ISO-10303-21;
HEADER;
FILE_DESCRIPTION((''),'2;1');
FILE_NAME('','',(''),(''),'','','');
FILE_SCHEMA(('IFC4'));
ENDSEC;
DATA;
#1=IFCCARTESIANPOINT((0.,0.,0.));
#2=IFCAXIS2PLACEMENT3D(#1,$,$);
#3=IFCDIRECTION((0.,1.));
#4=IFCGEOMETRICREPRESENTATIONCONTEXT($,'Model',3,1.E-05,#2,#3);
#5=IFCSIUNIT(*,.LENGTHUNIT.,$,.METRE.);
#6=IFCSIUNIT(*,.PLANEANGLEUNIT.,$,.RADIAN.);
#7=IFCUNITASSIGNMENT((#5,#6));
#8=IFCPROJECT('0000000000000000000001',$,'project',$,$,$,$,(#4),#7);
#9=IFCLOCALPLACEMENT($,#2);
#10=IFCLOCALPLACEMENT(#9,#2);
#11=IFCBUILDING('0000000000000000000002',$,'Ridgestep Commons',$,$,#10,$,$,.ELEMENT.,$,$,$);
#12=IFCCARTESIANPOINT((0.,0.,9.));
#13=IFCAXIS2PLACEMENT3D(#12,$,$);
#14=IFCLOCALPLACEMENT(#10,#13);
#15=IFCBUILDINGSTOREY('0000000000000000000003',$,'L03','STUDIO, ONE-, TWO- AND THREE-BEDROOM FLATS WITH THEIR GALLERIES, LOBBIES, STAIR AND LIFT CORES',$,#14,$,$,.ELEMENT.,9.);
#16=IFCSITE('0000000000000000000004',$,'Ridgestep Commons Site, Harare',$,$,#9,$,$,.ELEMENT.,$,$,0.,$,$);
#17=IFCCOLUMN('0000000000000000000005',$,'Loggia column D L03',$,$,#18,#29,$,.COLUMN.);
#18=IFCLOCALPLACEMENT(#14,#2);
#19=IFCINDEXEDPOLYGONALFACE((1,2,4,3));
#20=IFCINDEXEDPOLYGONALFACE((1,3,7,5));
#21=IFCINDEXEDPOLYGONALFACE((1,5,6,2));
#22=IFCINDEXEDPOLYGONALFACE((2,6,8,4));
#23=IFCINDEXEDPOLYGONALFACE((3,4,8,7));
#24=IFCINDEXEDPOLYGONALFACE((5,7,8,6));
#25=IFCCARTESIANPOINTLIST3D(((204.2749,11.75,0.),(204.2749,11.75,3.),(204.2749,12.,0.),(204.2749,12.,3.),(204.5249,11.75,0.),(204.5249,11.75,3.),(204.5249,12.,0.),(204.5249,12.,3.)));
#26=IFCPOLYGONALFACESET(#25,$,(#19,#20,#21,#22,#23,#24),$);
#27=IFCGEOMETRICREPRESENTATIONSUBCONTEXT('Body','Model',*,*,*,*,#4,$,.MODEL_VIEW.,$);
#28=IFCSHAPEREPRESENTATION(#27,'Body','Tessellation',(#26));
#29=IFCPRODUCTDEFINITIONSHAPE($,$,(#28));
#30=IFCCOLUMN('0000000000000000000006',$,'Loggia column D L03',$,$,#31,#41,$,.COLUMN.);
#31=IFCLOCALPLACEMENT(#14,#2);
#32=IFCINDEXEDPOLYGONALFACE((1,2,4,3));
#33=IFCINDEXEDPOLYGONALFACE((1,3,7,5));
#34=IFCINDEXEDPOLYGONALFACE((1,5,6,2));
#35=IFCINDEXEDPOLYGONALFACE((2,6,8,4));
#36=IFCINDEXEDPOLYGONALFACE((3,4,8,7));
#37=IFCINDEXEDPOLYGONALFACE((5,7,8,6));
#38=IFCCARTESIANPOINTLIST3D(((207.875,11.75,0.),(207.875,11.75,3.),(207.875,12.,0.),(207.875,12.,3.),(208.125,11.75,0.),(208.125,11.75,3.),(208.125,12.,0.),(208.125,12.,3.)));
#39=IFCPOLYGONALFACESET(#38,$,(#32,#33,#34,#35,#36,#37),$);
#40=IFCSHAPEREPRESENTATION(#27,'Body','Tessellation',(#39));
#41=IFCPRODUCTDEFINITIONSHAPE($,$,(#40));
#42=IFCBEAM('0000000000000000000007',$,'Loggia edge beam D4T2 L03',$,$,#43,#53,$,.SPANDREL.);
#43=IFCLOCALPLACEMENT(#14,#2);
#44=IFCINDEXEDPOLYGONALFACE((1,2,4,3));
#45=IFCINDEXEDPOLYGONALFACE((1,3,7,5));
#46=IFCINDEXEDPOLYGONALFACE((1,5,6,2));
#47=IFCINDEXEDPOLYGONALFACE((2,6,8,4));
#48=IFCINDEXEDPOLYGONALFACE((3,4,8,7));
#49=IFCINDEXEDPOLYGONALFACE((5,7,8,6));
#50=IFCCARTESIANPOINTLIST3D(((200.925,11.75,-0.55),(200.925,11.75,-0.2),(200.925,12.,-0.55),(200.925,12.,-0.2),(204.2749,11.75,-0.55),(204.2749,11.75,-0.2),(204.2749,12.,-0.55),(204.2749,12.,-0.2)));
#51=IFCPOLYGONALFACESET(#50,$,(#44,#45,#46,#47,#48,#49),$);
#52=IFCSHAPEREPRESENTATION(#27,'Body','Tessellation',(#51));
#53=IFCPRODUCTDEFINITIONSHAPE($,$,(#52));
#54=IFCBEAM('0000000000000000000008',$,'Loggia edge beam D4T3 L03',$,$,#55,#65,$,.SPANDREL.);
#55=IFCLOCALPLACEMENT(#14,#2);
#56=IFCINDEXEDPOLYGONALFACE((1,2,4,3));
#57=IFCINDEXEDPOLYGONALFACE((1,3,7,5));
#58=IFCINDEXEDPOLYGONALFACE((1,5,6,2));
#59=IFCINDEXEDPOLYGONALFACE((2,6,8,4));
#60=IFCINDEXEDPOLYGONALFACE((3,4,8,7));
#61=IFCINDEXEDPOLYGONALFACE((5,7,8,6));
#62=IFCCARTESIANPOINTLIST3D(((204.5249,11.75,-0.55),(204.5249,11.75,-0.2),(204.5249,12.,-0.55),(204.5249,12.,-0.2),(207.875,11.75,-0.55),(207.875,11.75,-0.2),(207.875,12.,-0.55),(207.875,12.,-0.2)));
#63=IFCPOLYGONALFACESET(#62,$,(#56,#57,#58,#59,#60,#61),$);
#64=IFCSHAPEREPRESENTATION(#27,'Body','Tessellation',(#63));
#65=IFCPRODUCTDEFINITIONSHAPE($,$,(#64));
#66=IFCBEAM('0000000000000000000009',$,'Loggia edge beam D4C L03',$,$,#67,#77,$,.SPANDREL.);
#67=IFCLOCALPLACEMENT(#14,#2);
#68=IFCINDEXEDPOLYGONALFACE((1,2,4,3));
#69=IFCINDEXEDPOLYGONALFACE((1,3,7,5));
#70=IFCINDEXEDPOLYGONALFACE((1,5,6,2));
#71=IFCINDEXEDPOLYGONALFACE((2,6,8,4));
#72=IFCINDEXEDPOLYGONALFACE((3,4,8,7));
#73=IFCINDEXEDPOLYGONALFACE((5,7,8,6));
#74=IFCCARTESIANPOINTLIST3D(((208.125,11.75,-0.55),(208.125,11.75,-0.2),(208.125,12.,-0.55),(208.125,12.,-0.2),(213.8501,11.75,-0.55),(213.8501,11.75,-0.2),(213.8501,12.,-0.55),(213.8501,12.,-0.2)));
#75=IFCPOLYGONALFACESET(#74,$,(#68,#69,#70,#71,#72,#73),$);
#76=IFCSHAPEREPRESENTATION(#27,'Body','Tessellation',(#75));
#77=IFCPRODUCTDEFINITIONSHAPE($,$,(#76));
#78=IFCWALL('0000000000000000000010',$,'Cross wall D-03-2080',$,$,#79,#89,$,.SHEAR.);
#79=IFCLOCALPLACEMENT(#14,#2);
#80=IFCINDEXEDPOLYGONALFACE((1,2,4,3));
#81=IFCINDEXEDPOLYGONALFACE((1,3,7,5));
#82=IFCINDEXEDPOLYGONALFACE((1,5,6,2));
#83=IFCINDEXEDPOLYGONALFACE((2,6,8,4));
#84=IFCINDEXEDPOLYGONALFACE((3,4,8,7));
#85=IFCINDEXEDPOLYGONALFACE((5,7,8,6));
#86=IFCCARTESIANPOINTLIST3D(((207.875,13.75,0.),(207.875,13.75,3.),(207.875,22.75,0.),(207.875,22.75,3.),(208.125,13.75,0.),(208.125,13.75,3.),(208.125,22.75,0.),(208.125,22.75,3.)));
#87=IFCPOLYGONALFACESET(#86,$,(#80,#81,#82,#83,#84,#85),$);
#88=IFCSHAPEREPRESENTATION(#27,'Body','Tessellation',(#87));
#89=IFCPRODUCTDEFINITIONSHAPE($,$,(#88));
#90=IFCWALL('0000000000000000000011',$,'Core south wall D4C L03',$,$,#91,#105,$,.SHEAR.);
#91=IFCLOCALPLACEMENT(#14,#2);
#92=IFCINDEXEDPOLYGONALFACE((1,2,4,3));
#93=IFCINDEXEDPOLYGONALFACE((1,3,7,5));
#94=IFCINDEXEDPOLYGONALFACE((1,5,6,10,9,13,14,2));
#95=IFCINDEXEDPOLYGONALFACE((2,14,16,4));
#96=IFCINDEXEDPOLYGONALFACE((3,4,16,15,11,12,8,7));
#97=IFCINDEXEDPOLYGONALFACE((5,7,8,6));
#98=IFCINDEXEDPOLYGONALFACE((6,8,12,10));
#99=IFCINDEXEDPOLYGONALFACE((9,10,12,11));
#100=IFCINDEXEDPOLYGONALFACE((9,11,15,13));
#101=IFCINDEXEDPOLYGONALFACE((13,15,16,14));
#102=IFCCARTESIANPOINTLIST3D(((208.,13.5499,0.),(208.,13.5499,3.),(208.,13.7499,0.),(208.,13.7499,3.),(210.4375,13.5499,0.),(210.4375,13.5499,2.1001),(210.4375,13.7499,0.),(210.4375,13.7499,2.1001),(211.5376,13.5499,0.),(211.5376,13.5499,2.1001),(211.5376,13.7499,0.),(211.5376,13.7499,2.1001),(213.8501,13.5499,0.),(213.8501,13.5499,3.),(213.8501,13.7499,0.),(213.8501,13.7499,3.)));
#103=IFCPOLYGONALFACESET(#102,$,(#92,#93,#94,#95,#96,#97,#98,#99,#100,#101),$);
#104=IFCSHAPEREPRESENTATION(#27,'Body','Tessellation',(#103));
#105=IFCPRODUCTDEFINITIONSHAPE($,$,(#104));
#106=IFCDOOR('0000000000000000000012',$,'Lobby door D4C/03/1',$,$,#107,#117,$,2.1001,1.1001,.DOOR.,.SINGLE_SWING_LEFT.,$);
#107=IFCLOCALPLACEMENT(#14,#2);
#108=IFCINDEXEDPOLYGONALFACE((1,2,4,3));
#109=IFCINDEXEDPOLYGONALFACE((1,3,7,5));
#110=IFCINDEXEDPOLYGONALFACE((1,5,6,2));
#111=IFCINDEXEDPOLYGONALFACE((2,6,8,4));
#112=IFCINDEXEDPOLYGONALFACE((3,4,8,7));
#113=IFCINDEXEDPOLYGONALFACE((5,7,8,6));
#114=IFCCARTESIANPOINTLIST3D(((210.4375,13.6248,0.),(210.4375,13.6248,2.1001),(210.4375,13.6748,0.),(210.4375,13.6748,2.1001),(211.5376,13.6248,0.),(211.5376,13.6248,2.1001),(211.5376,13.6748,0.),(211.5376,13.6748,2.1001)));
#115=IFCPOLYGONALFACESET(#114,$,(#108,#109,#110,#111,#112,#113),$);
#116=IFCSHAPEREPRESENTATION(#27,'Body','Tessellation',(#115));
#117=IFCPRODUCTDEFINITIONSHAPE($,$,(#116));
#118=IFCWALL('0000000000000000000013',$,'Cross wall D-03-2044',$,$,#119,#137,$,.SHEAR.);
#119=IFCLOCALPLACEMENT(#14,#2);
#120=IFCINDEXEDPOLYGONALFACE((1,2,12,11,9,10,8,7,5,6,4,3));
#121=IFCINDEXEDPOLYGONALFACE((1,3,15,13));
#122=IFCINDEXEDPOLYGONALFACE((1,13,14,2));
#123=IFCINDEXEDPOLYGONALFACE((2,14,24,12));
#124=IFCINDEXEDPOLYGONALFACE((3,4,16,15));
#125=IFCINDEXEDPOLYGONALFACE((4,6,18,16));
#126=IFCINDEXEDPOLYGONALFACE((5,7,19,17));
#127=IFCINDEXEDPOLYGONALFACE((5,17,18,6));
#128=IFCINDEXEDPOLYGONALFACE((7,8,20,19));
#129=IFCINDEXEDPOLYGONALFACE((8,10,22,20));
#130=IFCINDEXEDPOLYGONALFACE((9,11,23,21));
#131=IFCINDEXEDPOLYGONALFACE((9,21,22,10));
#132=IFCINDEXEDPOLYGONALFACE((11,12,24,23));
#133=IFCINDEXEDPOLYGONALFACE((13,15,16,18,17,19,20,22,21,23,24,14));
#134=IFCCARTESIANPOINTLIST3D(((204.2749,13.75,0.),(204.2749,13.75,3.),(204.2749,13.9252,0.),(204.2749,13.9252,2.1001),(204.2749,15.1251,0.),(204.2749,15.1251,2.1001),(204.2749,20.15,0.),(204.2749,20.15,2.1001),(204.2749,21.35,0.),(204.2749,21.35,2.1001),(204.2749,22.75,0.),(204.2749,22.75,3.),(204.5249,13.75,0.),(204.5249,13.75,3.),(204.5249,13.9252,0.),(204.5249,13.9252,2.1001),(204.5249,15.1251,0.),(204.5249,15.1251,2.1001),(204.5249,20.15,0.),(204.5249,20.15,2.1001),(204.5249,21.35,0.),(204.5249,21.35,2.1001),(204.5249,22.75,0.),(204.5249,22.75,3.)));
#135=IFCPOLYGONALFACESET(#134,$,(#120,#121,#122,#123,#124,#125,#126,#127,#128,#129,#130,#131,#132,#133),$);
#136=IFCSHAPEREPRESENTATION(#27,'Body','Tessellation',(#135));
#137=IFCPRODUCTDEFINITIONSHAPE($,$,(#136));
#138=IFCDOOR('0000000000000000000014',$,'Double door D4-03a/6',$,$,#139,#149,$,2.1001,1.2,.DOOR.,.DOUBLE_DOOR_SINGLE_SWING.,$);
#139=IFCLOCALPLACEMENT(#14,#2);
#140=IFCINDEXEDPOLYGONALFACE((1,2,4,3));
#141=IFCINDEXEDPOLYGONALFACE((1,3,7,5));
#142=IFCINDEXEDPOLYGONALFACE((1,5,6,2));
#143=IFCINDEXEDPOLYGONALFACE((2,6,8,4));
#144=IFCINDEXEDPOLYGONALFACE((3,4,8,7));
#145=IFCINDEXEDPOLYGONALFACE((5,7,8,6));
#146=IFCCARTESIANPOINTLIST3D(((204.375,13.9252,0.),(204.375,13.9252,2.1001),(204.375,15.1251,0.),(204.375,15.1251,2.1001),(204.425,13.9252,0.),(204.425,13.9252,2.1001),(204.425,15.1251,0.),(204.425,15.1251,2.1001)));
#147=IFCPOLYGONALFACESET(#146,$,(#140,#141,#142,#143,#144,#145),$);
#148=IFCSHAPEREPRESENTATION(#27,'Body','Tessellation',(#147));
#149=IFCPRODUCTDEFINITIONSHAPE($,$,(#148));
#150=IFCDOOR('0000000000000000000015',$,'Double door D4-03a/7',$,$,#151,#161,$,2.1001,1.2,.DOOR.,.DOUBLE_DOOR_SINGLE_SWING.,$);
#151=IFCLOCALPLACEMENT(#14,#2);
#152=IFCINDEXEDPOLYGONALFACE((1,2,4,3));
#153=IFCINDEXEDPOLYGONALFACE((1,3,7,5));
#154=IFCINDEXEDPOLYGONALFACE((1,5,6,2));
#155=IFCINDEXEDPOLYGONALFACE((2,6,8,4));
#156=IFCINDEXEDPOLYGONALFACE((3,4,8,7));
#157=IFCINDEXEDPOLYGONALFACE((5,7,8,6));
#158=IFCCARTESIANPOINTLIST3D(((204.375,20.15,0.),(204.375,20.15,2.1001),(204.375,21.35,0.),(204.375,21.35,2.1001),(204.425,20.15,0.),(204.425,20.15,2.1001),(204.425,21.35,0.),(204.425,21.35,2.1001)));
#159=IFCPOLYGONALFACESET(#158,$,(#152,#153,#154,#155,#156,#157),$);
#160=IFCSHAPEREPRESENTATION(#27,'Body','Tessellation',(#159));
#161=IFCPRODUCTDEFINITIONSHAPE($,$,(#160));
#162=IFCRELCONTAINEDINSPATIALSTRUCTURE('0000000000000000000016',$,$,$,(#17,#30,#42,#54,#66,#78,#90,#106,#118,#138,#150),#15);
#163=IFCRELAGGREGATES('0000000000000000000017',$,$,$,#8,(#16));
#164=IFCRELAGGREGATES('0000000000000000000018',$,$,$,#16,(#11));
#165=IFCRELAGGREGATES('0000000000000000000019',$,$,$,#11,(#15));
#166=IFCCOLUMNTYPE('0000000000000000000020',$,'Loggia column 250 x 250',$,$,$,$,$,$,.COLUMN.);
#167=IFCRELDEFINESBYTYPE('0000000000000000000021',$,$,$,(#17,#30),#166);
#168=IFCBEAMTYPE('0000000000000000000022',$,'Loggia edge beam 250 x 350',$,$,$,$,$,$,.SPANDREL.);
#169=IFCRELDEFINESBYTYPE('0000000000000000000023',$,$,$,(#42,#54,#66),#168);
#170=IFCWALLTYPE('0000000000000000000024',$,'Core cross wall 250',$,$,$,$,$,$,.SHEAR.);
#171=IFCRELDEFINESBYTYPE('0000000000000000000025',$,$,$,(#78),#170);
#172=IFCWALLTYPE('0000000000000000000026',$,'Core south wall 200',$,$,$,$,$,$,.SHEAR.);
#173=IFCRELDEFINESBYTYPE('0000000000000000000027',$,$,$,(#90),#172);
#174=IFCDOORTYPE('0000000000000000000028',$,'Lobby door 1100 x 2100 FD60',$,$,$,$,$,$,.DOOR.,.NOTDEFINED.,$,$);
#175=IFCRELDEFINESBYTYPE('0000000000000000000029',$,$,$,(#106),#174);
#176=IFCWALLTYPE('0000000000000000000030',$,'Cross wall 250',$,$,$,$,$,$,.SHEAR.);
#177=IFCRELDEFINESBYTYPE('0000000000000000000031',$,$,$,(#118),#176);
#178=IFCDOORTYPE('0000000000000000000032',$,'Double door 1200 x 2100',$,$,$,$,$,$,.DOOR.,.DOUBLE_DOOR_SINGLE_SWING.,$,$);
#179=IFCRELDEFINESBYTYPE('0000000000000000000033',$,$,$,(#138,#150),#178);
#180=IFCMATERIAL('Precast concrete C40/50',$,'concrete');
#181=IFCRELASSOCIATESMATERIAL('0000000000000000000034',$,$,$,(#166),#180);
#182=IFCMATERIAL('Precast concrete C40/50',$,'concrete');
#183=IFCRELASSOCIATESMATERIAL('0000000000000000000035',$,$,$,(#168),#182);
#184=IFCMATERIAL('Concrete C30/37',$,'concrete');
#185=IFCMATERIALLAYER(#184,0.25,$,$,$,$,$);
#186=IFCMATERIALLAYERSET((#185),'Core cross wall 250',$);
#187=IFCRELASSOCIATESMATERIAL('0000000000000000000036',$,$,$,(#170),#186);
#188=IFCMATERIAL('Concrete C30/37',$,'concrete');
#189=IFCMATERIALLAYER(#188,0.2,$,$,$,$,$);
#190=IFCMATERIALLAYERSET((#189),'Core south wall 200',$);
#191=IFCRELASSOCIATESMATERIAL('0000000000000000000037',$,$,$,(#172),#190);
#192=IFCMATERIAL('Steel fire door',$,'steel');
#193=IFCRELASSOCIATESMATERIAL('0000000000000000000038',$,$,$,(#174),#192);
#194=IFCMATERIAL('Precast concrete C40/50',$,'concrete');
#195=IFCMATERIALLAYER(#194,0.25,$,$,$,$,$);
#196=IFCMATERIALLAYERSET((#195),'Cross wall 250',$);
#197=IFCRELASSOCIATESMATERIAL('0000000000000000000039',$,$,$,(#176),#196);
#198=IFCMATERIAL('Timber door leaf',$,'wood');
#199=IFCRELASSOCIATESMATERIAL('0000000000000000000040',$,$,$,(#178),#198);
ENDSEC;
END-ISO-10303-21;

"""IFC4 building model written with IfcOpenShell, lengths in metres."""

from ifc_helpers import new_model, si_unit, direction, frame, frame_2d, origin, origin_2d, place, context, subcontext, project, spatial, rectangle, extrude, material, layer, layer_set, material_profile, profile_set, type_object, element, fill, save


model = new_model("IFC4")

# Units and contexts
model_context = context("Model", 3, precision=1e-05, world=origin(), true_north=direction((0.0, 1.0)))
body_context = subcontext(model_context, "Body", "Model", "MODEL_VIEW")
ifc_project = project(units=[si_unit("LENGTHUNIT", "METRE"), si_unit("PLANEANGLEUNIT", "RADIAN")], contexts=[model_context])

# Site, building, storey
site_placement = place(None, origin())
site = spatial("IfcSite", under=ifc_project, at=site_placement, Name="Ridgestep Commons Site, Harare", CompositionType="ELEMENT", RefElevation=0.0)
building_placement = place(site_placement, origin())
building = spatial("IfcBuilding", under=site, at=building_placement, Name="Ridgestep Commons", CompositionType="ELEMENT")
storey_placement = place(building_placement, frame((0.0, 0.0, 9.0)))
storey = spatial("IfcBuildingStorey", under=building, at=storey_placement, Name="L03", Description="STUDIO, ONE-, TWO- AND THREE-BEDROOM FLATS WITH THEIR GALLERIES, LOBBIES, STAIR AND LIFT CORES", CompositionType="ELEMENT", Elevation=9.0)

# Columns
ifc_material_1 = material(Name="Precast concrete C40/50", Category="concrete")
ifc_material_profile_1 = material_profile(ifc_material_1, rectangle(XDim=0.25, YDim=0.25, at=origin_2d()), Name="PC 250x250")
ifc_profile_set_1 = profile_set([ifc_material_profile_1], Name="Precast concrete C40/50")
column_type = type_object("IfcColumnType", Name="Loggia column 250 x 250", PredefinedType="COLUMN", material=ifc_profile_set_1)
for number, where, z_axis, x_axis, name in (
    (1, (204.3999, 11.875, 0.0), (0.0, 0.0, 1.0), (1.0, 0.0, 0.0), "Loggia column D L03"),
    (2, (208.0, 11.875, 0.0), (0.0, 0.0, 1.0), (1.0, 0.0, 0.0), "Loggia column D L03"),
):
    element("IfcColumn", number, at=place(storey_placement, frame(where, z_axis=z_axis, x_axis=x_axis)), inside=storey, type_object=column_type, Name=name, PredefinedType="COLUMN", context=body_context, shape_type="SweptSolid", body=[
        extrude(rectangle(XDim=0.25, YDim=0.25, at=origin_2d()), origin(), (0.0, 0.0, 1.0), 3.0),
    ])

# Beams
ifc_material_2 = material(Name="Precast concrete C40/50", Category="concrete")
ifc_material_profile_2 = material_profile(ifc_material_2, rectangle(XDim=0.25, YDim=0.3501, at=origin_2d()), Name="PC 250x350")
ifc_profile_set_2 = profile_set([ifc_material_profile_2], Name="Precast concrete C40/50")
beam_type = type_object("IfcBeamType", Name="Loggia edge beam 250 x 350", PredefinedType="SPANDREL", material=ifc_profile_set_2)
beam_1_placement = place(storey_placement, frame((200.925, 11.875, -0.375), z_axis=(1.0, 0.0, 0.0), x_axis=(0.0, 1.0, 0.0)))
element("IfcBeam", 3, at=beam_1_placement, inside=storey, type_object=beam_type, Name="Loggia edge beam D4T2 L03", PredefinedType="SPANDREL", context=body_context, shape_type="SweptSolid", body=[
    extrude(rectangle(XDim=0.25, YDim=0.3501, at=origin_2d()), origin(), (0.0, 0.0, 1.0), 3.3499),
])
beam_2_placement = place(storey_placement, frame((204.5249, 11.875, -0.375), z_axis=(1.0, 0.0, 0.0), x_axis=(0.0, 1.0, 0.0)))
element("IfcBeam", 4, at=beam_2_placement, inside=storey, type_object=beam_type, Name="Loggia edge beam D4T3 L03", PredefinedType="SPANDREL", context=body_context, shape_type="SweptSolid", body=[
    extrude(rectangle(XDim=0.25, YDim=0.3501, at=origin_2d()), origin(), (0.0, 0.0, 1.0), 3.3501),
])
beam_3_placement = place(storey_placement, frame((208.125, 11.875, -0.375), z_axis=(1.0, 0.0, 0.0), x_axis=(0.0, 1.0, 0.0)))
element("IfcBeam", 5, at=beam_3_placement, inside=storey, type_object=beam_type, Name="Loggia edge beam D4C L03", PredefinedType="SPANDREL", context=body_context, shape_type="SweptSolid", body=[
    extrude(rectangle(XDim=0.25, YDim=0.3501, at=origin_2d()), origin(), (0.0, 0.0, 1.0), 5.7251),
])

# Wall
ifc_material_3 = material(Name="Concrete C30/37", Category="concrete")
ifc_layer_1 = layer(ifc_material_3, 0.25)
ifc_layer_set_1 = layer_set([ifc_layer_1], Name="Core cross wall 250")
wall_type_1 = type_object("IfcWallType", Name="Core cross wall 250", PredefinedType="SHEAR", material=ifc_layer_set_1)
wall_1_placement = place(storey_placement, frame((208.0, 13.75, 0.0), z_axis=(0.0, 0.0, 1.0), x_axis=(0.0, 1.0, 0.0)))
element("IfcWall", 6, at=wall_1_placement, inside=storey, type_object=wall_type_1, Name="Cross wall D-03-2080", PredefinedType="SHEAR", context=body_context, shape_type="SweptSolid", body=[
    extrude(rectangle(XDim=9.0, YDim=0.25, at=frame_2d((4.5, 0.0))), origin(), (0.0, 0.0, 1.0), 3.0),
])

# Wall, opening, door
ifc_material_4 = material(Name="Concrete C30/37", Category="concrete")
ifc_layer_2 = layer(ifc_material_4, 0.2)
ifc_layer_set_2 = layer_set([ifc_layer_2], Name="Core south wall 200")
wall_type_2 = type_object("IfcWallType", Name="Core south wall 200", PredefinedType="SHEAR", material=ifc_layer_set_2)
wall_2_placement = place(storey_placement, frame((208.0, 13.6499, 0.0), z_axis=(0.0, 0.0, 1.0), x_axis=(1.0, 0.0, 0.0)))
wall_2 = element("IfcWall", 7, at=wall_2_placement, inside=storey, type_object=wall_type_2, Name="Core south wall D4C L03", PredefinedType="SHEAR", context=body_context, shape_type="SweptSolid", body=[
    extrude(rectangle(XDim=5.8501, YDim=0.2, at=frame_2d((2.925, 0.0))), origin(), (0.0, 0.0, 1.0), 3.0),
])
opening_1_placement = place(wall_2_placement, frame((2.4375, 0.0, 0.0)))
opening_1 = element("IfcOpeningElement", 8, at=opening_1_placement, cuts=wall_2, PredefinedType="OPENING", context=body_context, shape_type="SweptSolid", body=[
    extrude(rectangle(XDim=1.1001, YDim=2.1001, at=frame_2d((0.55, 1.05))), frame((0.0, 0.1099, 0.0), z_axis=(0.0, -1.0, 0.0), x_axis=(1.0, 0.0, 0.0)), (0.0, 0.0, 1.0), 0.22),
])
ifc_material_5 = material(Name="Steel fire door", Category="steel")
door_type_1 = type_object("IfcDoorType", Name="Lobby door 1100 x 2100 FD60", OperationType="NOTDEFINED", PredefinedType="DOOR", material=ifc_material_5)
door_1_placement = place(opening_1_placement, origin())
door_1 = element("IfcDoor", 9, at=door_1_placement, inside=storey, type_object=door_type_1, Name="Lobby door D4C/03/1", OperationType="SINGLE_SWING_LEFT", OverallHeight=2.1001, OverallWidth=1.1001, PredefinedType="DOOR", context=body_context, shape_type="SweptSolid", body=[
    extrude(rectangle(XDim=1.1001, YDim=2.1001, at=frame_2d((0.55, 1.05))), frame((0.0, 0.0249, 0.0), z_axis=(0.0, -1.0, 0.0), x_axis=(1.0, 0.0, 0.0)), (0.0, 0.0, 1.0), 0.05),
])
fill(opening_1, door_1)

# Wall, openings, doors
ifc_material_6 = material(Name="Precast concrete C40/50", Category="concrete")
ifc_layer_3 = layer(ifc_material_6, 0.25)
ifc_layer_set_3 = layer_set([ifc_layer_3], Name="Cross wall 250")
wall_type_3 = type_object("IfcWallType", Name="Cross wall 250", PredefinedType="SHEAR", material=ifc_layer_set_3)
wall_3_placement = place(storey_placement, frame((204.3999, 13.75, 0.0), z_axis=(0.0, 0.0, 1.0), x_axis=(0.0, 1.0, 0.0)))
wall_3 = element("IfcWall", 10, at=wall_3_placement, inside=storey, type_object=wall_type_3, Name="Cross wall D-03-2044", PredefinedType="SHEAR", context=body_context, shape_type="SweptSolid", body=[
    extrude(rectangle(XDim=9.0, YDim=0.25, at=frame_2d((4.5, 0.0))), origin(), (0.0, 0.0, 1.0), 3.0),
])
opening_2_placement = place(wall_3_placement, frame((0.175, 0.0, 0.0)))
opening_2 = element("IfcOpeningElement", 11, at=opening_2_placement, cuts=wall_3, PredefinedType="OPENING", context=body_context, shape_type="SweptSolid", body=[
    extrude(rectangle(XDim=1.2, YDim=2.1001, at=frame_2d((0.6001, 1.05))), frame((0.0, 0.135, 0.0), z_axis=(0.0, -1.0, 0.0), x_axis=(1.0, 0.0, 0.0)), (0.0, 0.0, 1.0), 0.27),
])
opening_3_placement = place(wall_3_placement, frame((6.3999, 0.0, 0.0)))
opening_3 = element("IfcOpeningElement", 12, at=opening_3_placement, cuts=wall_3, PredefinedType="OPENING", context=body_context, shape_type="SweptSolid", body=[
    extrude(rectangle(XDim=1.2, YDim=2.1001, at=frame_2d((0.6001, 1.05))), frame((0.0, 0.135, 0.0), z_axis=(0.0, -1.0, 0.0), x_axis=(1.0, 0.0, 0.0)), (0.0, 0.0, 1.0), 0.27),
])
ifc_material_7 = material(Name="Timber door leaf", Category="wood")
door_type_2 = type_object("IfcDoorType", Name="Double door 1200 x 2100", OperationType="DOUBLE_DOOR_SINGLE_SWING", PredefinedType="DOOR", material=ifc_material_7)
door_2_placement = place(opening_2_placement, origin())
door_2 = element("IfcDoor", 13, at=door_2_placement, inside=storey, type_object=door_type_2, Name="Double door D4-03a/6", OperationType="DOUBLE_DOOR_SINGLE_SWING", OverallHeight=2.1001, OverallWidth=1.2, PredefinedType="DOOR", context=body_context, shape_type="SweptSolid", body=[
    extrude(rectangle(XDim=1.2, YDim=2.1001, at=frame_2d((0.6001, 1.05))), frame((0.0, 0.0249, 0.0), z_axis=(0.0, -1.0, 0.0), x_axis=(1.0, 0.0, 0.0)), (0.0, 0.0, 1.0), 0.05),
])
fill(opening_2, door_2)
door_3_placement = place(opening_3_placement, origin())
door_3 = element("IfcDoor", 14, at=door_3_placement, inside=storey, type_object=door_type_2, Name="Double door D4-03a/7", OperationType="DOUBLE_DOOR_SINGLE_SWING", OverallHeight=2.1001, OverallWidth=1.2, PredefinedType="DOOR", context=body_context, shape_type="SweptSolid", body=[
    extrude(rectangle(XDim=1.2, YDim=2.1001, at=frame_2d((0.6001, 1.05))), frame((0.0, 0.0249, 0.0), z_axis=(0.0, -1.0, 0.0), x_axis=(1.0, 0.0, 0.0)), (0.0, 0.0, 1.0), 0.05),
])
fill(opening_3, door_3)

save(model, "model.ifc")
